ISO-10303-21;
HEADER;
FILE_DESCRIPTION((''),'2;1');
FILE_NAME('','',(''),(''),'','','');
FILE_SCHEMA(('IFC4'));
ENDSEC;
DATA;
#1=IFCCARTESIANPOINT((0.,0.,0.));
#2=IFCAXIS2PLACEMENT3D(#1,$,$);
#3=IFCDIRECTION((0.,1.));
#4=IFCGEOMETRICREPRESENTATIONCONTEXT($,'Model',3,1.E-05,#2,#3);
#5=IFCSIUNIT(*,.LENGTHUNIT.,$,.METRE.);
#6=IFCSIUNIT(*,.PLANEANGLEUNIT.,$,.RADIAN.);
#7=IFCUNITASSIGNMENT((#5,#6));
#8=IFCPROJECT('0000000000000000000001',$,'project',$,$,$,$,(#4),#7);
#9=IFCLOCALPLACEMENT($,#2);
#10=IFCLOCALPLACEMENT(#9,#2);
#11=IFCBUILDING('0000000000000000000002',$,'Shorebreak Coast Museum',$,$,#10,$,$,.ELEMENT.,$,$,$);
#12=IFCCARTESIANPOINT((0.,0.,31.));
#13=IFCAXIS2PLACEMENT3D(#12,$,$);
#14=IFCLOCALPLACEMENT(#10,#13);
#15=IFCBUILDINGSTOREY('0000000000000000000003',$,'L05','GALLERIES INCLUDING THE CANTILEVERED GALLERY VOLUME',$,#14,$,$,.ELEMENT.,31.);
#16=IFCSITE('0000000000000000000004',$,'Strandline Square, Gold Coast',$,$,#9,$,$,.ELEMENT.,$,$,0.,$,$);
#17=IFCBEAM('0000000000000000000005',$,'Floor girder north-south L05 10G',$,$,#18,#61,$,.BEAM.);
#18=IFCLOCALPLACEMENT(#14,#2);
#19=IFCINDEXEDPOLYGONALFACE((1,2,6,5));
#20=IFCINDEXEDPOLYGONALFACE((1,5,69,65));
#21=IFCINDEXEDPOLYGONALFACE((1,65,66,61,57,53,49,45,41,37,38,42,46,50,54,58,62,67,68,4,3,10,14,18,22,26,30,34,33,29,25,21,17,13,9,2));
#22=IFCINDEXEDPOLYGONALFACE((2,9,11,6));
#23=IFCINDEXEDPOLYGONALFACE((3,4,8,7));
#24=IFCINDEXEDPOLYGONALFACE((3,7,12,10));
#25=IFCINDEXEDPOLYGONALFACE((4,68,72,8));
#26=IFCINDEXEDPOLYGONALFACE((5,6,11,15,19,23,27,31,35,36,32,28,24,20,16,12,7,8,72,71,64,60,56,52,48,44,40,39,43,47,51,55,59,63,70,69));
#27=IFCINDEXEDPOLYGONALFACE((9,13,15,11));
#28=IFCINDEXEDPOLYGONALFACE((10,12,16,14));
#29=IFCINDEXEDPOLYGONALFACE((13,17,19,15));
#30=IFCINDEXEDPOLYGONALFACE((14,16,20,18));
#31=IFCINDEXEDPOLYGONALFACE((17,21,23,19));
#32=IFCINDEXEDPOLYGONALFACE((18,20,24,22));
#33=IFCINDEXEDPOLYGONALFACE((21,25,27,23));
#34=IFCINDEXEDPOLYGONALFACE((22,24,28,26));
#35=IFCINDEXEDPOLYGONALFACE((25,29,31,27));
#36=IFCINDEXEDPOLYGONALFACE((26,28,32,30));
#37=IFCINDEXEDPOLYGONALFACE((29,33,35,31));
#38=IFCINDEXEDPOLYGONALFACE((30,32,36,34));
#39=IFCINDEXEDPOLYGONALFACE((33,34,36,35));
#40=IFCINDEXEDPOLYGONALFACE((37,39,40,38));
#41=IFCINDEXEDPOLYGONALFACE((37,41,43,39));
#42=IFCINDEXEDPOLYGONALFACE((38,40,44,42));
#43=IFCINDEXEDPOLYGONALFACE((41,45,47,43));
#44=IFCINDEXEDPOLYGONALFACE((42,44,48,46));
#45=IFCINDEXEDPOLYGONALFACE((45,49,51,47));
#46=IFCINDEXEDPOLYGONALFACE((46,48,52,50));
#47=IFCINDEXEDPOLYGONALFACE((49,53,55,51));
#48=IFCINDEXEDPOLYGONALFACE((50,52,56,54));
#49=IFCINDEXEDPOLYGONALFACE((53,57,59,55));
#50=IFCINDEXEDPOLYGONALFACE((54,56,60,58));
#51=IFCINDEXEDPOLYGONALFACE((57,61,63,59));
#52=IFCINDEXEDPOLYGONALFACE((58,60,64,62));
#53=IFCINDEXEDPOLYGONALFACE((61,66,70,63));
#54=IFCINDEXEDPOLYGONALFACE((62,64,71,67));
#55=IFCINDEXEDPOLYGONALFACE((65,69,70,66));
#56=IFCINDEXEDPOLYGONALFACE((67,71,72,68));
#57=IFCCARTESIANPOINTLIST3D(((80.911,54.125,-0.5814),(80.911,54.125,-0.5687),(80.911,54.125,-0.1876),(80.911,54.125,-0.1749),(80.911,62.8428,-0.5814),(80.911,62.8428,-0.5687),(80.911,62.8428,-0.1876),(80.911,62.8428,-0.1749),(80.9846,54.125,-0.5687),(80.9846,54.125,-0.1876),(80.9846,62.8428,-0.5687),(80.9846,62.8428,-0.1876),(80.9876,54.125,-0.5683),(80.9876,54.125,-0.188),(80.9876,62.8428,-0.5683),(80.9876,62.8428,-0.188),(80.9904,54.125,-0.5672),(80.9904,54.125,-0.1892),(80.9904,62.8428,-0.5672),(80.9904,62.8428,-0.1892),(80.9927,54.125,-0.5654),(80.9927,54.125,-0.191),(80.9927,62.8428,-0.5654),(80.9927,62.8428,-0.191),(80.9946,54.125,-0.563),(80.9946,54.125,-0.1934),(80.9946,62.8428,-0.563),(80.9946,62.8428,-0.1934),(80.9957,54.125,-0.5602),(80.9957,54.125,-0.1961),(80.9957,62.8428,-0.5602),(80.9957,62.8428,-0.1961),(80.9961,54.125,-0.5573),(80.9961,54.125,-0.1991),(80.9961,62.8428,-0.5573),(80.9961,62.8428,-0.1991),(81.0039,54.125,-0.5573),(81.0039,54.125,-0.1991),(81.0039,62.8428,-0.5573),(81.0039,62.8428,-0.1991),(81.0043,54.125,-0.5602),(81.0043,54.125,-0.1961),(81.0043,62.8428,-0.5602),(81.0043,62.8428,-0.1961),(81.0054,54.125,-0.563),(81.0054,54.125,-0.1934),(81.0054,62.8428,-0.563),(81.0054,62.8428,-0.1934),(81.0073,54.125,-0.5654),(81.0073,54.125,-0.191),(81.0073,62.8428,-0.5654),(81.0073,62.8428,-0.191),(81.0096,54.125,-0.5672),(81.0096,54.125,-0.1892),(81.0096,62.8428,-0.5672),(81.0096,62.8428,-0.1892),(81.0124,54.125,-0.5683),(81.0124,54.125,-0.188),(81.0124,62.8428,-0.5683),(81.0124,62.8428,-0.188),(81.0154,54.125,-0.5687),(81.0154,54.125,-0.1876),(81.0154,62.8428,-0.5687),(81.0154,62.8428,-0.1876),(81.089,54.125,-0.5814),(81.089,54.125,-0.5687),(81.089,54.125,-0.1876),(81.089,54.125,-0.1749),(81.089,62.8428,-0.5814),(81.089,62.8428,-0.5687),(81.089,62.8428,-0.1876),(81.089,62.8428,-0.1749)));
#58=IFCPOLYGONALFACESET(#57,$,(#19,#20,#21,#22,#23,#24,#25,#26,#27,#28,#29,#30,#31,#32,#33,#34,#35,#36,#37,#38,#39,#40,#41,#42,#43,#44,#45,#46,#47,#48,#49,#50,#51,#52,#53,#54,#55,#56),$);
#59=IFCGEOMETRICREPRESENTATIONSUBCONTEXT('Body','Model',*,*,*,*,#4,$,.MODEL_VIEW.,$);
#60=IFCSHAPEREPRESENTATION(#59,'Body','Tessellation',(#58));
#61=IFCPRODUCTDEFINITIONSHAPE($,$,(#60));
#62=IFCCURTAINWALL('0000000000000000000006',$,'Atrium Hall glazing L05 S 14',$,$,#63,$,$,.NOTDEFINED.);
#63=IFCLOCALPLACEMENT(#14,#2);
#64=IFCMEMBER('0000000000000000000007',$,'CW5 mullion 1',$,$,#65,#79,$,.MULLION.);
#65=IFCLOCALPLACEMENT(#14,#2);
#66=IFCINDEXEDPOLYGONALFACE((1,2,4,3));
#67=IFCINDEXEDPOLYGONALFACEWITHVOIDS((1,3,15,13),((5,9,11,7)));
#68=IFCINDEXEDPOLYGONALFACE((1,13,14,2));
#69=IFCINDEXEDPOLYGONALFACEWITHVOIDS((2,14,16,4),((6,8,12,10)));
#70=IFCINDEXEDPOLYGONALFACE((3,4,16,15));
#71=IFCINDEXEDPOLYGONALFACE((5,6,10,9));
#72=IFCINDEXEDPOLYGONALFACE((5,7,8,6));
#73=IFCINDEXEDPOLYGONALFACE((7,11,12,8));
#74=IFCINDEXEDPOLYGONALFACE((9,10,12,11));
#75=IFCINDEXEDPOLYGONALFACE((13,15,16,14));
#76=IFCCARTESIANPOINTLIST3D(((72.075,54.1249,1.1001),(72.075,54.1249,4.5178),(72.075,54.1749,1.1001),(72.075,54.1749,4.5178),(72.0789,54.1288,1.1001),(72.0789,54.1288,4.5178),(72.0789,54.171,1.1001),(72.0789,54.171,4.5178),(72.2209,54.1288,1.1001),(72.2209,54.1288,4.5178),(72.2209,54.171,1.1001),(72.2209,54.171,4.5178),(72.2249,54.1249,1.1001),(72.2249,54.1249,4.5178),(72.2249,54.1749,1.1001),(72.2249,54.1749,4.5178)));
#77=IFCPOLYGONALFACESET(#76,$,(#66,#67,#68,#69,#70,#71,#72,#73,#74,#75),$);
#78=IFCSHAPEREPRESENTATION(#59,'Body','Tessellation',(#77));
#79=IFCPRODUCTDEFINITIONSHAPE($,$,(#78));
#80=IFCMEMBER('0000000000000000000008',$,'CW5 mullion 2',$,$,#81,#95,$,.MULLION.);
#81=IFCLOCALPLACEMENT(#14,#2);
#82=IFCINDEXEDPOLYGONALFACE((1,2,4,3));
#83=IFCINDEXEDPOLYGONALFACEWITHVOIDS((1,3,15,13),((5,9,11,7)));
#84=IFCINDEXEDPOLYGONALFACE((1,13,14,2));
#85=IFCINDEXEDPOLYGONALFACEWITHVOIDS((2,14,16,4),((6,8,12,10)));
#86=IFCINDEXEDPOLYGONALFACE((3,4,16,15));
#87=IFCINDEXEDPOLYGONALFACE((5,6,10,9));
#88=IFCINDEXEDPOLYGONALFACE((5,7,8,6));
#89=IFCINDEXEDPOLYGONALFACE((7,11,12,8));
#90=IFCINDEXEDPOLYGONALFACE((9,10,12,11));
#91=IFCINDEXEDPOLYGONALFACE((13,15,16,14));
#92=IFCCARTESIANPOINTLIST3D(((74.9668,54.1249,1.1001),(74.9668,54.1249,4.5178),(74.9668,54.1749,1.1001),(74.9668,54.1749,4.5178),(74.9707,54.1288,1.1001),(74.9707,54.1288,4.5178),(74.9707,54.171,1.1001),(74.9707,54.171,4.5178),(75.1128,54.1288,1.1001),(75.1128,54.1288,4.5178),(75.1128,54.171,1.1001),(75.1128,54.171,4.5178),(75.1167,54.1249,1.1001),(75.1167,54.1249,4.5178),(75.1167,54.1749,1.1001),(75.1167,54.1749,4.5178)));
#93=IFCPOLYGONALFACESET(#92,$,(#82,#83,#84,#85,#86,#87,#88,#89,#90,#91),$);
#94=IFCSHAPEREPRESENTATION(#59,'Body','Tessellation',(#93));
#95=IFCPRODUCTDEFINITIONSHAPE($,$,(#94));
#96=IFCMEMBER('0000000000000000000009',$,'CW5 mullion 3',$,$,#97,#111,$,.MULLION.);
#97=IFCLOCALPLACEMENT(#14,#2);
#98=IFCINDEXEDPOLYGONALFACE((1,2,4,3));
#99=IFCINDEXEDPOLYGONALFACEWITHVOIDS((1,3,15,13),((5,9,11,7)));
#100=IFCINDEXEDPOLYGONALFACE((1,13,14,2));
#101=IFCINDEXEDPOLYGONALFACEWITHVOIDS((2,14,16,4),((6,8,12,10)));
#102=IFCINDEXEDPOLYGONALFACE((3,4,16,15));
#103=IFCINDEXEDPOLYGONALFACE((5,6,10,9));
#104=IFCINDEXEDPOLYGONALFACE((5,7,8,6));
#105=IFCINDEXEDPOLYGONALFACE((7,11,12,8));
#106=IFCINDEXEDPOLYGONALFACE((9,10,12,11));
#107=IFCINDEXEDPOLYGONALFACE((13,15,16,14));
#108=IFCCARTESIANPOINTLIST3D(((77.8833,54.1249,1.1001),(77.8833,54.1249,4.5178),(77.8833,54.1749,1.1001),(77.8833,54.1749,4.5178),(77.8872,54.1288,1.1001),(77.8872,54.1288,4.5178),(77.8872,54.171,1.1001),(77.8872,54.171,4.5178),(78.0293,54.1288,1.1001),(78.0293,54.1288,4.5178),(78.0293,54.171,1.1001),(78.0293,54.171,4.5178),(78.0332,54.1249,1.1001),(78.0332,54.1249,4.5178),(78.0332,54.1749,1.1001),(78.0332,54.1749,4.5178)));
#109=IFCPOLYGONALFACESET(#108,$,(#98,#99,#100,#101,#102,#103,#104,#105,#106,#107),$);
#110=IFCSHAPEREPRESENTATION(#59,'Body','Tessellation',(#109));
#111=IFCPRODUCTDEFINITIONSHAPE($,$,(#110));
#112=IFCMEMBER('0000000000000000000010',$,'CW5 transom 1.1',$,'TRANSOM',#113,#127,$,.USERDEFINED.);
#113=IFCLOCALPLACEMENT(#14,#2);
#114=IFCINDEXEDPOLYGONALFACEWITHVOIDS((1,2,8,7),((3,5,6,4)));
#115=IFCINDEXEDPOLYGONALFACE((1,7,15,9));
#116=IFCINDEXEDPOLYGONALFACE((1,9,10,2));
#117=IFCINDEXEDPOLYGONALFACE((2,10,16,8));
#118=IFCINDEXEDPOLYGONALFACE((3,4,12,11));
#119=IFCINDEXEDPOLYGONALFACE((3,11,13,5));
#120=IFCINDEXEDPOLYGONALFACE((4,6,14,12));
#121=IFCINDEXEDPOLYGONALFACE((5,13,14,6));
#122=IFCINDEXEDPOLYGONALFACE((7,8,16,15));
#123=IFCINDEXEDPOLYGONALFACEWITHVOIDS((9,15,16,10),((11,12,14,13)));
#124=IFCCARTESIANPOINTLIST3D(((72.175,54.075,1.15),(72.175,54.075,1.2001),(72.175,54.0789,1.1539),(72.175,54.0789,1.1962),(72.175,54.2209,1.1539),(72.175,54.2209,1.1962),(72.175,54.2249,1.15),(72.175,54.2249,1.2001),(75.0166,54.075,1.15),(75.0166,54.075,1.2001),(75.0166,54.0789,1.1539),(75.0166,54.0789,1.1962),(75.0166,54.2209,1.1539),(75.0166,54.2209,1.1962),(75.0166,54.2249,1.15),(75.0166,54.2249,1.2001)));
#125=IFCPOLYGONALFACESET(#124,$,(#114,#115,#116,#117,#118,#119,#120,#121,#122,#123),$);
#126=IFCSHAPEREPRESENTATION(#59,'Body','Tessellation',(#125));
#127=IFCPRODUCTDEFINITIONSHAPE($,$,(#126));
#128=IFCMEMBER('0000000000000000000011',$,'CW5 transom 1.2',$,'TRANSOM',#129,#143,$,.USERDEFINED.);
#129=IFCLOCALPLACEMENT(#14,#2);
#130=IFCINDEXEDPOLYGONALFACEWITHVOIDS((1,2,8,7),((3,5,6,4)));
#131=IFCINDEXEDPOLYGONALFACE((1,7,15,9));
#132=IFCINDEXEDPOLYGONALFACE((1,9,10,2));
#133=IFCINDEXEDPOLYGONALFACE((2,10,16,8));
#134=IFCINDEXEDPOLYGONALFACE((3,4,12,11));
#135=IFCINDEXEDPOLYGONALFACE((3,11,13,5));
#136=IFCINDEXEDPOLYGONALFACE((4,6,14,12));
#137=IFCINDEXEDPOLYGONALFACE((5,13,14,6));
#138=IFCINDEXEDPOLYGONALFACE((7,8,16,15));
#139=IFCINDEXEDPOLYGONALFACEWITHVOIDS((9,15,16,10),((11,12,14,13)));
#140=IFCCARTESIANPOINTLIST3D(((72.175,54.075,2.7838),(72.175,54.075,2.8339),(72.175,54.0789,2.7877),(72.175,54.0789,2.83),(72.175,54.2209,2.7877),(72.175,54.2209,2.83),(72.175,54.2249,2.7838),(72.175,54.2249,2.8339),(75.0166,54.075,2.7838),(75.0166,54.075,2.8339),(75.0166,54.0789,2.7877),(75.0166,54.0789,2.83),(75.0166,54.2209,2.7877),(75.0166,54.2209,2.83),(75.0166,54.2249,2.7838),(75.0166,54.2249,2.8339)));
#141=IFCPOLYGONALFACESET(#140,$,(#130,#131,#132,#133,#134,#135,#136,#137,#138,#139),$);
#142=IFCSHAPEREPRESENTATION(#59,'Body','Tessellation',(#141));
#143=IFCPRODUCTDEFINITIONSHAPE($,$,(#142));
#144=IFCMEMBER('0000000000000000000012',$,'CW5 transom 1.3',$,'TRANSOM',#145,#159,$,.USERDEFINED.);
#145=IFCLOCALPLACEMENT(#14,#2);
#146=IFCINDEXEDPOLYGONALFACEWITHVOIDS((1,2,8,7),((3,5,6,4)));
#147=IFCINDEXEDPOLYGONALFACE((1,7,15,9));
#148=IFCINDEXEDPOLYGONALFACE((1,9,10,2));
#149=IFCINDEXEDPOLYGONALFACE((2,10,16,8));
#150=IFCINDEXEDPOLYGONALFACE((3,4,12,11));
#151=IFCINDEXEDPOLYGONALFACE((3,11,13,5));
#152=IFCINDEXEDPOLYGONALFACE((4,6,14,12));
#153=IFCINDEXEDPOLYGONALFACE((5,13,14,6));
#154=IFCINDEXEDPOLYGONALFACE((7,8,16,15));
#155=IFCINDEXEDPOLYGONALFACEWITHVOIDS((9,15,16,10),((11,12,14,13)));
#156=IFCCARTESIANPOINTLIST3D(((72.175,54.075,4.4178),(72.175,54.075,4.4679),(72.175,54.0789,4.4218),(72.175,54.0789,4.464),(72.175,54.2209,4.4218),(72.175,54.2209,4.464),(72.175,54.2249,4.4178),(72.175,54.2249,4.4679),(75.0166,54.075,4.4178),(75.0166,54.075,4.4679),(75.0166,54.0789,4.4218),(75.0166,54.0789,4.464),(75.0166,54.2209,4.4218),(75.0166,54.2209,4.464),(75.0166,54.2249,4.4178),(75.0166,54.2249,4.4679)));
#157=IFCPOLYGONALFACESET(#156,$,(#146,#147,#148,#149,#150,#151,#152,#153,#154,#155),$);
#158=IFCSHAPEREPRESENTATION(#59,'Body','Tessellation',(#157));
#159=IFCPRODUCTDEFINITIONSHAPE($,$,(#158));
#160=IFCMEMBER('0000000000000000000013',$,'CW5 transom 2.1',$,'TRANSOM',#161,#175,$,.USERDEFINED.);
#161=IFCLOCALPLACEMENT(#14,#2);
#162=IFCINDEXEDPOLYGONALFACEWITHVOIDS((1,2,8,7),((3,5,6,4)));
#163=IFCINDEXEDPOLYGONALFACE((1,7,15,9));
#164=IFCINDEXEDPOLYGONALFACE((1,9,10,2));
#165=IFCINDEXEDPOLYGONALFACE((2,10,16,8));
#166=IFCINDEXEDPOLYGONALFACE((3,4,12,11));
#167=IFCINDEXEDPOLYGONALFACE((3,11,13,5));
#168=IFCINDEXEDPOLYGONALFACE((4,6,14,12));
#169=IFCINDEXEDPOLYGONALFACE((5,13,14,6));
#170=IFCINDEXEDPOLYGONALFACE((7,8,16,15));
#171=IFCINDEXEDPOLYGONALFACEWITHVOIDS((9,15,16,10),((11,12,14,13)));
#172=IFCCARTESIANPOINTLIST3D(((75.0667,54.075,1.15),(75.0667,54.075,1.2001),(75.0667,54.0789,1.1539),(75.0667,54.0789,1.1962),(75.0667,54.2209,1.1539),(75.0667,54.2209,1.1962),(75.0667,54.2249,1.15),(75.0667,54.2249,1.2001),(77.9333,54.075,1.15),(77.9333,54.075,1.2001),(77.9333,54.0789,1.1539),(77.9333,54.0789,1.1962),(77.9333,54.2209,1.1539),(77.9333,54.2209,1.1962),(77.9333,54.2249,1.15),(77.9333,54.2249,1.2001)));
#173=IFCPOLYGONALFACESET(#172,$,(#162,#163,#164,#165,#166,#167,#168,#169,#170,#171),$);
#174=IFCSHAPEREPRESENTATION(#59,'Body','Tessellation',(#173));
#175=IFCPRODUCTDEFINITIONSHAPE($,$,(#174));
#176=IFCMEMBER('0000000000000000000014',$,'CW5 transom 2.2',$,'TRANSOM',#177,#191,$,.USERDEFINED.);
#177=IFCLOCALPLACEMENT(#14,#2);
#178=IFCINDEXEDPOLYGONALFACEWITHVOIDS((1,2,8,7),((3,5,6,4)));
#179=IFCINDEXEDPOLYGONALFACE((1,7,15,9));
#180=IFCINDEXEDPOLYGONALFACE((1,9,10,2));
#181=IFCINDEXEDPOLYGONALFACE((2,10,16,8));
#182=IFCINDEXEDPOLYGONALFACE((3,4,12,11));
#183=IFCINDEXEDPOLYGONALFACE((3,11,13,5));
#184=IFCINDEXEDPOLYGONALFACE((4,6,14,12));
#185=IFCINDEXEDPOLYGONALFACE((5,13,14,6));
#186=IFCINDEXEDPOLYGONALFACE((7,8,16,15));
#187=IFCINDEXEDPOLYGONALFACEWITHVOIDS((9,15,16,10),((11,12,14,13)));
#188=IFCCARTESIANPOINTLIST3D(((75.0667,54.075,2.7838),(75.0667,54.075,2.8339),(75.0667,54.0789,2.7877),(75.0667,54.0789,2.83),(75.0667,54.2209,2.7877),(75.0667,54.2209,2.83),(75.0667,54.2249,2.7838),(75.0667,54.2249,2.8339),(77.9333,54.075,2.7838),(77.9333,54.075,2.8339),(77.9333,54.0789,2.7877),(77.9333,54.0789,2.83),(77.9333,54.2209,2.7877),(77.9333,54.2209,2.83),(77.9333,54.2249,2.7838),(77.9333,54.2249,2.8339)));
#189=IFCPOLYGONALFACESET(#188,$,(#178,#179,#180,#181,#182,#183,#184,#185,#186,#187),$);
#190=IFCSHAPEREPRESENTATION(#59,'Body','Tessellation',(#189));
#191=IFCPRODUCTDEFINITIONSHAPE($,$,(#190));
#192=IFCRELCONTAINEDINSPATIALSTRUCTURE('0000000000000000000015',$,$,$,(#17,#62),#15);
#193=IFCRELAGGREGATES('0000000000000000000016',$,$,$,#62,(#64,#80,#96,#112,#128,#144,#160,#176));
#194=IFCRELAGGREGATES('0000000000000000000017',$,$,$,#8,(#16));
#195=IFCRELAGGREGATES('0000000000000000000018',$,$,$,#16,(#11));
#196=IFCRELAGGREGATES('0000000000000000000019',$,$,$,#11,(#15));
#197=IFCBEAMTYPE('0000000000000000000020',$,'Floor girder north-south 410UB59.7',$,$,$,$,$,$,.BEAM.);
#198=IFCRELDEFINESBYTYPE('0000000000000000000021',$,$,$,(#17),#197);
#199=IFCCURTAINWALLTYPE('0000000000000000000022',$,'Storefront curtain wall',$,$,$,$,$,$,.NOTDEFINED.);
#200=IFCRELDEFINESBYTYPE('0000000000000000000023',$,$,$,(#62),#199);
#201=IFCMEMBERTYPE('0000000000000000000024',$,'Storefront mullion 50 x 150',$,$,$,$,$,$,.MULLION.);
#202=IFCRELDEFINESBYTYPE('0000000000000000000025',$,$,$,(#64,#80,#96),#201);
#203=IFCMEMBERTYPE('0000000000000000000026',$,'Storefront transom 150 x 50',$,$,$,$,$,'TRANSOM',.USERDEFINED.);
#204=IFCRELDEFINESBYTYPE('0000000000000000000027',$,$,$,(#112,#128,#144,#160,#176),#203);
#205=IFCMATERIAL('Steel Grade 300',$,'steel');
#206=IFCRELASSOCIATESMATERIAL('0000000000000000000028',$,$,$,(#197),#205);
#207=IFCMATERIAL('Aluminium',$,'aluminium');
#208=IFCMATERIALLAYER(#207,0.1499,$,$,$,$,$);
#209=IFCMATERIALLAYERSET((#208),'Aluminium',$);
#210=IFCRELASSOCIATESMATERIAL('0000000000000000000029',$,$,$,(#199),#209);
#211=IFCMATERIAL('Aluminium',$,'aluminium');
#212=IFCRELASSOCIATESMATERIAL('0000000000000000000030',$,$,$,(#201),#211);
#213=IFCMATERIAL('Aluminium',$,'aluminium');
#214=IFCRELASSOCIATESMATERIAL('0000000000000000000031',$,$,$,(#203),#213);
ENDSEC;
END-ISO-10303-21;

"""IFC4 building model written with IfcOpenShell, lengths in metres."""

from ifc_helpers import new_model, si_unit, direction, frame, origin, origin_2d, place, context, subcontext, project, spatial, hollow_rectangle, i_section, extrude, material, layer, layer_set, material_profile, profile_set, type_object, element, aggregate, save


model = new_model("IFC4")

# Units and contexts
model_context = context("Model", 3, precision=1e-05, world=origin(), true_north=direction((0.0, 1.0)))
body_context = subcontext(model_context, "Body", "Model", "MODEL_VIEW")
ifc_project = project(units=[si_unit("LENGTHUNIT", "METRE"), si_unit("PLANEANGLEUNIT", "RADIAN")], contexts=[model_context])

# Site, building, storey
site_placement = place(None, origin())
site = spatial("IfcSite", under=ifc_project, at=site_placement, Name="Strandline Square, Gold Coast", CompositionType="ELEMENT", RefElevation=0.0)
building_placement = place(site_placement, origin())
building = spatial("IfcBuilding", under=site, at=building_placement, Name="Shorebreak Coast Museum", CompositionType="ELEMENT")
storey_placement = place(building_placement, frame((0.0, 0.0, 31.0)))
storey = spatial("IfcBuildingStorey", under=building, at=storey_placement, Name="L05", Description="GALLERIES INCLUDING THE CANTILEVERED GALLERY VOLUME", CompositionType="ELEMENT", Elevation=31.0)

# Beam
ifc_material_1 = material(Name="Steel Grade 300", Category="steel")
ifc_material_profile_1 = material_profile(ifc_material_1, i_section(OverallWidth=0.178, OverallDepth=0.4065, WebThickness=0.0078, FlangeThickness=0.0127, FilletRadius=0.0115, at=origin_2d()), Name="410UB59.7")
ifc_profile_set_1 = profile_set([ifc_material_profile_1], Name="Steel Grade 300")
beam_type_1 = type_object("IfcBeamType", Name="Floor girder north-south 410UB59.7", PredefinedType="BEAM", material=ifc_profile_set_1)
beam_placement = place(storey_placement, frame((81.0, 54.125, -0.3782), z_axis=(0.0, 1.0, 0.0), x_axis=(-1.0, 0.0, 0.0)))
element("IfcBeam", 1, at=beam_placement, inside=storey, type_object=beam_type_1, Name="Floor girder north-south L05 10G", PredefinedType="BEAM", context=body_context, shape_type="SweptSolid", body=[
    extrude(i_section(OverallWidth=0.178, OverallDepth=0.4065, WebThickness=0.0078, FlangeThickness=0.0127, FilletRadius=0.0115, at=origin_2d()), origin(), (0.0, 0.0, 1.0), 8.7178),
])

# Curtain wall, members
ifc_material_2 = material(Name="Aluminium", Category="aluminium")
ifc_layer_1 = layer(ifc_material_2, 0.1499)
ifc_layer_set_1 = layer_set([ifc_layer_1], Name="Aluminium")
curtain_wall_type = type_object("IfcCurtainWallType", Name="Storefront curtain wall", PredefinedType="NOTDEFINED", material=ifc_layer_set_1)
curtain_wall_placement = place(storey_placement, origin())
curtain_wall = element("IfcCurtainWall", 2, at=curtain_wall_placement, inside=storey, type_object=curtain_wall_type, Name="Atrium Hall glazing L05 S 14", PredefinedType="NOTDEFINED")
ifc_material_3 = material(Name="Aluminium", Category="aluminium")
ifc_material_profile_2 = material_profile(ifc_material_3, hollow_rectangle(XDim=0.05, YDim=0.1499, WallThickness=0.0039, at=origin_2d()), Name="AL 150x50 RHS")
ifc_profile_set_2 = profile_set([ifc_material_profile_2], Name="Aluminium")
member_type_1 = type_object("IfcMemberType", Name="Storefront mullion 50 x 150", PredefinedType="MULLION", material=ifc_profile_set_2)
member_1_placement = place(storey_placement, frame((72.1499, 54.1499, 1.1001), z_axis=(0.0, 0.0, 1.0), x_axis=(0.0, 1.0, 0.0)))
member_1 = element("IfcMember", 3, at=member_1_placement, type_object=member_type_1, Name="CW5 mullion 1", PredefinedType="MULLION", context=body_context, shape_type="SweptSolid", body=[
    extrude(hollow_rectangle(XDim=0.05, YDim=0.1499, WallThickness=0.0039, at=origin_2d()), origin(), (0.0, 0.0, 1.0), 3.4177),
])
member_2_placement = place(storey_placement, frame((75.0417, 54.1499, 1.1001), z_axis=(0.0, 0.0, 1.0), x_axis=(0.0, 1.0, 0.0)))
member_2 = element("IfcMember", 4, at=member_2_placement, type_object=member_type_1, Name="CW5 mullion 2", PredefinedType="MULLION", context=body_context, shape_type="SweptSolid", body=[
    extrude(hollow_rectangle(XDim=0.05, YDim=0.1499, WallThickness=0.0039, at=origin_2d()), origin(), (0.0, 0.0, 1.0), 3.4177),
])
member_3_placement = place(storey_placement, frame((77.9583, 54.1499, 1.1001), z_axis=(0.0, 0.0, 1.0), x_axis=(0.0, 1.0, 0.0)))
member_3 = element("IfcMember", 5, at=member_3_placement, type_object=member_type_1, Name="CW5 mullion 3", PredefinedType="MULLION", context=body_context, shape_type="SweptSolid", body=[
    extrude(hollow_rectangle(XDim=0.05, YDim=0.1499, WallThickness=0.0039, at=origin_2d()), origin(), (0.0, 0.0, 1.0), 3.4177),
])
ifc_material_4 = material(Name="Aluminium", Category="aluminium")
ifc_material_profile_3 = material_profile(ifc_material_4, hollow_rectangle(XDim=0.1499, YDim=0.05, WallThickness=0.0039, at=origin_2d()), Name="AL 50x150 RHS")
ifc_profile_set_3 = profile_set([ifc_material_profile_3], Name="Aluminium")
member_type_2 = type_object("IfcMemberType", Name="Storefront transom 150 x 50", ElementType="TRANSOM", PredefinedType="USERDEFINED", material=ifc_profile_set_3)
member_4_placement = place(storey_placement, frame((72.175, 54.1499, 1.175), z_axis=(1.0, 0.0, 0.0), x_axis=(0.0, 1.0, 0.0)))
member_4 = element("IfcMember", 6, at=member_4_placement, type_object=member_type_2, Name="CW5 transom 1.1", ObjectType="TRANSOM", PredefinedType="USERDEFINED", context=body_context, shape_type="SweptSolid", body=[
    extrude(hollow_rectangle(XDim=0.1499, YDim=0.05, WallThickness=0.0039, at=origin_2d()), origin(), (0.0, 0.0, 1.0), 2.8416),
])
member_5_placement = place(storey_placement, frame((72.175, 54.1499, 2.8088), z_axis=(1.0, 0.0, 0.0), x_axis=(0.0, 1.0, 0.0)))
member_5 = element("IfcMember", 7, at=member_5_placement, type_object=member_type_2, Name="CW5 transom 1.2", ObjectType="TRANSOM", PredefinedType="USERDEFINED", context=body_context, shape_type="SweptSolid", body=[
    extrude(hollow_rectangle(XDim=0.1499, YDim=0.05, WallThickness=0.0039, at=origin_2d()), origin(), (0.0, 0.0, 1.0), 2.8416),
])
member_6_placement = place(storey_placement, frame((72.175, 54.1499, 4.4429), z_axis=(1.0, 0.0, 0.0), x_axis=(0.0, 1.0, 0.0)))
member_6 = element("IfcMember", 8, at=member_6_placement, type_object=member_type_2, Name="CW5 transom 1.3", ObjectType="TRANSOM", PredefinedType="USERDEFINED", context=body_context, shape_type="SweptSolid", body=[
    extrude(hollow_rectangle(XDim=0.1499, YDim=0.05, WallThickness=0.0039, at=origin_2d()), origin(), (0.0, 0.0, 1.0), 2.8416),
])
member_7_placement = place(storey_placement, frame((75.0667, 54.1499, 1.175), z_axis=(1.0, 0.0, 0.0), x_axis=(0.0, 1.0, 0.0)))
member_7 = element("IfcMember", 9, at=member_7_placement, type_object=member_type_2, Name="CW5 transom 2.1", ObjectType="TRANSOM", PredefinedType="USERDEFINED", context=body_context, shape_type="SweptSolid", body=[
    extrude(hollow_rectangle(XDim=0.1499, YDim=0.05, WallThickness=0.0039, at=origin_2d()), origin(), (0.0, 0.0, 1.0), 2.8667),
])
member_8_placement = place(storey_placement, frame((75.0667, 54.1499, 2.8088), z_axis=(1.0, 0.0, 0.0), x_axis=(0.0, 1.0, 0.0)))
member_8 = element("IfcMember", 10, at=member_8_placement, type_object=member_type_2, Name="CW5 transom 2.2", ObjectType="TRANSOM", PredefinedType="USERDEFINED", context=body_context, shape_type="SweptSolid", body=[
    extrude(hollow_rectangle(XDim=0.1499, YDim=0.05, WallThickness=0.0039, at=origin_2d()), origin(), (0.0, 0.0, 1.0), 2.8667),
])
aggregate(curtain_wall, [member_1, member_2, member_3, member_4, member_5, member_6, member_7, member_8])

save(model, "model.ifc")
